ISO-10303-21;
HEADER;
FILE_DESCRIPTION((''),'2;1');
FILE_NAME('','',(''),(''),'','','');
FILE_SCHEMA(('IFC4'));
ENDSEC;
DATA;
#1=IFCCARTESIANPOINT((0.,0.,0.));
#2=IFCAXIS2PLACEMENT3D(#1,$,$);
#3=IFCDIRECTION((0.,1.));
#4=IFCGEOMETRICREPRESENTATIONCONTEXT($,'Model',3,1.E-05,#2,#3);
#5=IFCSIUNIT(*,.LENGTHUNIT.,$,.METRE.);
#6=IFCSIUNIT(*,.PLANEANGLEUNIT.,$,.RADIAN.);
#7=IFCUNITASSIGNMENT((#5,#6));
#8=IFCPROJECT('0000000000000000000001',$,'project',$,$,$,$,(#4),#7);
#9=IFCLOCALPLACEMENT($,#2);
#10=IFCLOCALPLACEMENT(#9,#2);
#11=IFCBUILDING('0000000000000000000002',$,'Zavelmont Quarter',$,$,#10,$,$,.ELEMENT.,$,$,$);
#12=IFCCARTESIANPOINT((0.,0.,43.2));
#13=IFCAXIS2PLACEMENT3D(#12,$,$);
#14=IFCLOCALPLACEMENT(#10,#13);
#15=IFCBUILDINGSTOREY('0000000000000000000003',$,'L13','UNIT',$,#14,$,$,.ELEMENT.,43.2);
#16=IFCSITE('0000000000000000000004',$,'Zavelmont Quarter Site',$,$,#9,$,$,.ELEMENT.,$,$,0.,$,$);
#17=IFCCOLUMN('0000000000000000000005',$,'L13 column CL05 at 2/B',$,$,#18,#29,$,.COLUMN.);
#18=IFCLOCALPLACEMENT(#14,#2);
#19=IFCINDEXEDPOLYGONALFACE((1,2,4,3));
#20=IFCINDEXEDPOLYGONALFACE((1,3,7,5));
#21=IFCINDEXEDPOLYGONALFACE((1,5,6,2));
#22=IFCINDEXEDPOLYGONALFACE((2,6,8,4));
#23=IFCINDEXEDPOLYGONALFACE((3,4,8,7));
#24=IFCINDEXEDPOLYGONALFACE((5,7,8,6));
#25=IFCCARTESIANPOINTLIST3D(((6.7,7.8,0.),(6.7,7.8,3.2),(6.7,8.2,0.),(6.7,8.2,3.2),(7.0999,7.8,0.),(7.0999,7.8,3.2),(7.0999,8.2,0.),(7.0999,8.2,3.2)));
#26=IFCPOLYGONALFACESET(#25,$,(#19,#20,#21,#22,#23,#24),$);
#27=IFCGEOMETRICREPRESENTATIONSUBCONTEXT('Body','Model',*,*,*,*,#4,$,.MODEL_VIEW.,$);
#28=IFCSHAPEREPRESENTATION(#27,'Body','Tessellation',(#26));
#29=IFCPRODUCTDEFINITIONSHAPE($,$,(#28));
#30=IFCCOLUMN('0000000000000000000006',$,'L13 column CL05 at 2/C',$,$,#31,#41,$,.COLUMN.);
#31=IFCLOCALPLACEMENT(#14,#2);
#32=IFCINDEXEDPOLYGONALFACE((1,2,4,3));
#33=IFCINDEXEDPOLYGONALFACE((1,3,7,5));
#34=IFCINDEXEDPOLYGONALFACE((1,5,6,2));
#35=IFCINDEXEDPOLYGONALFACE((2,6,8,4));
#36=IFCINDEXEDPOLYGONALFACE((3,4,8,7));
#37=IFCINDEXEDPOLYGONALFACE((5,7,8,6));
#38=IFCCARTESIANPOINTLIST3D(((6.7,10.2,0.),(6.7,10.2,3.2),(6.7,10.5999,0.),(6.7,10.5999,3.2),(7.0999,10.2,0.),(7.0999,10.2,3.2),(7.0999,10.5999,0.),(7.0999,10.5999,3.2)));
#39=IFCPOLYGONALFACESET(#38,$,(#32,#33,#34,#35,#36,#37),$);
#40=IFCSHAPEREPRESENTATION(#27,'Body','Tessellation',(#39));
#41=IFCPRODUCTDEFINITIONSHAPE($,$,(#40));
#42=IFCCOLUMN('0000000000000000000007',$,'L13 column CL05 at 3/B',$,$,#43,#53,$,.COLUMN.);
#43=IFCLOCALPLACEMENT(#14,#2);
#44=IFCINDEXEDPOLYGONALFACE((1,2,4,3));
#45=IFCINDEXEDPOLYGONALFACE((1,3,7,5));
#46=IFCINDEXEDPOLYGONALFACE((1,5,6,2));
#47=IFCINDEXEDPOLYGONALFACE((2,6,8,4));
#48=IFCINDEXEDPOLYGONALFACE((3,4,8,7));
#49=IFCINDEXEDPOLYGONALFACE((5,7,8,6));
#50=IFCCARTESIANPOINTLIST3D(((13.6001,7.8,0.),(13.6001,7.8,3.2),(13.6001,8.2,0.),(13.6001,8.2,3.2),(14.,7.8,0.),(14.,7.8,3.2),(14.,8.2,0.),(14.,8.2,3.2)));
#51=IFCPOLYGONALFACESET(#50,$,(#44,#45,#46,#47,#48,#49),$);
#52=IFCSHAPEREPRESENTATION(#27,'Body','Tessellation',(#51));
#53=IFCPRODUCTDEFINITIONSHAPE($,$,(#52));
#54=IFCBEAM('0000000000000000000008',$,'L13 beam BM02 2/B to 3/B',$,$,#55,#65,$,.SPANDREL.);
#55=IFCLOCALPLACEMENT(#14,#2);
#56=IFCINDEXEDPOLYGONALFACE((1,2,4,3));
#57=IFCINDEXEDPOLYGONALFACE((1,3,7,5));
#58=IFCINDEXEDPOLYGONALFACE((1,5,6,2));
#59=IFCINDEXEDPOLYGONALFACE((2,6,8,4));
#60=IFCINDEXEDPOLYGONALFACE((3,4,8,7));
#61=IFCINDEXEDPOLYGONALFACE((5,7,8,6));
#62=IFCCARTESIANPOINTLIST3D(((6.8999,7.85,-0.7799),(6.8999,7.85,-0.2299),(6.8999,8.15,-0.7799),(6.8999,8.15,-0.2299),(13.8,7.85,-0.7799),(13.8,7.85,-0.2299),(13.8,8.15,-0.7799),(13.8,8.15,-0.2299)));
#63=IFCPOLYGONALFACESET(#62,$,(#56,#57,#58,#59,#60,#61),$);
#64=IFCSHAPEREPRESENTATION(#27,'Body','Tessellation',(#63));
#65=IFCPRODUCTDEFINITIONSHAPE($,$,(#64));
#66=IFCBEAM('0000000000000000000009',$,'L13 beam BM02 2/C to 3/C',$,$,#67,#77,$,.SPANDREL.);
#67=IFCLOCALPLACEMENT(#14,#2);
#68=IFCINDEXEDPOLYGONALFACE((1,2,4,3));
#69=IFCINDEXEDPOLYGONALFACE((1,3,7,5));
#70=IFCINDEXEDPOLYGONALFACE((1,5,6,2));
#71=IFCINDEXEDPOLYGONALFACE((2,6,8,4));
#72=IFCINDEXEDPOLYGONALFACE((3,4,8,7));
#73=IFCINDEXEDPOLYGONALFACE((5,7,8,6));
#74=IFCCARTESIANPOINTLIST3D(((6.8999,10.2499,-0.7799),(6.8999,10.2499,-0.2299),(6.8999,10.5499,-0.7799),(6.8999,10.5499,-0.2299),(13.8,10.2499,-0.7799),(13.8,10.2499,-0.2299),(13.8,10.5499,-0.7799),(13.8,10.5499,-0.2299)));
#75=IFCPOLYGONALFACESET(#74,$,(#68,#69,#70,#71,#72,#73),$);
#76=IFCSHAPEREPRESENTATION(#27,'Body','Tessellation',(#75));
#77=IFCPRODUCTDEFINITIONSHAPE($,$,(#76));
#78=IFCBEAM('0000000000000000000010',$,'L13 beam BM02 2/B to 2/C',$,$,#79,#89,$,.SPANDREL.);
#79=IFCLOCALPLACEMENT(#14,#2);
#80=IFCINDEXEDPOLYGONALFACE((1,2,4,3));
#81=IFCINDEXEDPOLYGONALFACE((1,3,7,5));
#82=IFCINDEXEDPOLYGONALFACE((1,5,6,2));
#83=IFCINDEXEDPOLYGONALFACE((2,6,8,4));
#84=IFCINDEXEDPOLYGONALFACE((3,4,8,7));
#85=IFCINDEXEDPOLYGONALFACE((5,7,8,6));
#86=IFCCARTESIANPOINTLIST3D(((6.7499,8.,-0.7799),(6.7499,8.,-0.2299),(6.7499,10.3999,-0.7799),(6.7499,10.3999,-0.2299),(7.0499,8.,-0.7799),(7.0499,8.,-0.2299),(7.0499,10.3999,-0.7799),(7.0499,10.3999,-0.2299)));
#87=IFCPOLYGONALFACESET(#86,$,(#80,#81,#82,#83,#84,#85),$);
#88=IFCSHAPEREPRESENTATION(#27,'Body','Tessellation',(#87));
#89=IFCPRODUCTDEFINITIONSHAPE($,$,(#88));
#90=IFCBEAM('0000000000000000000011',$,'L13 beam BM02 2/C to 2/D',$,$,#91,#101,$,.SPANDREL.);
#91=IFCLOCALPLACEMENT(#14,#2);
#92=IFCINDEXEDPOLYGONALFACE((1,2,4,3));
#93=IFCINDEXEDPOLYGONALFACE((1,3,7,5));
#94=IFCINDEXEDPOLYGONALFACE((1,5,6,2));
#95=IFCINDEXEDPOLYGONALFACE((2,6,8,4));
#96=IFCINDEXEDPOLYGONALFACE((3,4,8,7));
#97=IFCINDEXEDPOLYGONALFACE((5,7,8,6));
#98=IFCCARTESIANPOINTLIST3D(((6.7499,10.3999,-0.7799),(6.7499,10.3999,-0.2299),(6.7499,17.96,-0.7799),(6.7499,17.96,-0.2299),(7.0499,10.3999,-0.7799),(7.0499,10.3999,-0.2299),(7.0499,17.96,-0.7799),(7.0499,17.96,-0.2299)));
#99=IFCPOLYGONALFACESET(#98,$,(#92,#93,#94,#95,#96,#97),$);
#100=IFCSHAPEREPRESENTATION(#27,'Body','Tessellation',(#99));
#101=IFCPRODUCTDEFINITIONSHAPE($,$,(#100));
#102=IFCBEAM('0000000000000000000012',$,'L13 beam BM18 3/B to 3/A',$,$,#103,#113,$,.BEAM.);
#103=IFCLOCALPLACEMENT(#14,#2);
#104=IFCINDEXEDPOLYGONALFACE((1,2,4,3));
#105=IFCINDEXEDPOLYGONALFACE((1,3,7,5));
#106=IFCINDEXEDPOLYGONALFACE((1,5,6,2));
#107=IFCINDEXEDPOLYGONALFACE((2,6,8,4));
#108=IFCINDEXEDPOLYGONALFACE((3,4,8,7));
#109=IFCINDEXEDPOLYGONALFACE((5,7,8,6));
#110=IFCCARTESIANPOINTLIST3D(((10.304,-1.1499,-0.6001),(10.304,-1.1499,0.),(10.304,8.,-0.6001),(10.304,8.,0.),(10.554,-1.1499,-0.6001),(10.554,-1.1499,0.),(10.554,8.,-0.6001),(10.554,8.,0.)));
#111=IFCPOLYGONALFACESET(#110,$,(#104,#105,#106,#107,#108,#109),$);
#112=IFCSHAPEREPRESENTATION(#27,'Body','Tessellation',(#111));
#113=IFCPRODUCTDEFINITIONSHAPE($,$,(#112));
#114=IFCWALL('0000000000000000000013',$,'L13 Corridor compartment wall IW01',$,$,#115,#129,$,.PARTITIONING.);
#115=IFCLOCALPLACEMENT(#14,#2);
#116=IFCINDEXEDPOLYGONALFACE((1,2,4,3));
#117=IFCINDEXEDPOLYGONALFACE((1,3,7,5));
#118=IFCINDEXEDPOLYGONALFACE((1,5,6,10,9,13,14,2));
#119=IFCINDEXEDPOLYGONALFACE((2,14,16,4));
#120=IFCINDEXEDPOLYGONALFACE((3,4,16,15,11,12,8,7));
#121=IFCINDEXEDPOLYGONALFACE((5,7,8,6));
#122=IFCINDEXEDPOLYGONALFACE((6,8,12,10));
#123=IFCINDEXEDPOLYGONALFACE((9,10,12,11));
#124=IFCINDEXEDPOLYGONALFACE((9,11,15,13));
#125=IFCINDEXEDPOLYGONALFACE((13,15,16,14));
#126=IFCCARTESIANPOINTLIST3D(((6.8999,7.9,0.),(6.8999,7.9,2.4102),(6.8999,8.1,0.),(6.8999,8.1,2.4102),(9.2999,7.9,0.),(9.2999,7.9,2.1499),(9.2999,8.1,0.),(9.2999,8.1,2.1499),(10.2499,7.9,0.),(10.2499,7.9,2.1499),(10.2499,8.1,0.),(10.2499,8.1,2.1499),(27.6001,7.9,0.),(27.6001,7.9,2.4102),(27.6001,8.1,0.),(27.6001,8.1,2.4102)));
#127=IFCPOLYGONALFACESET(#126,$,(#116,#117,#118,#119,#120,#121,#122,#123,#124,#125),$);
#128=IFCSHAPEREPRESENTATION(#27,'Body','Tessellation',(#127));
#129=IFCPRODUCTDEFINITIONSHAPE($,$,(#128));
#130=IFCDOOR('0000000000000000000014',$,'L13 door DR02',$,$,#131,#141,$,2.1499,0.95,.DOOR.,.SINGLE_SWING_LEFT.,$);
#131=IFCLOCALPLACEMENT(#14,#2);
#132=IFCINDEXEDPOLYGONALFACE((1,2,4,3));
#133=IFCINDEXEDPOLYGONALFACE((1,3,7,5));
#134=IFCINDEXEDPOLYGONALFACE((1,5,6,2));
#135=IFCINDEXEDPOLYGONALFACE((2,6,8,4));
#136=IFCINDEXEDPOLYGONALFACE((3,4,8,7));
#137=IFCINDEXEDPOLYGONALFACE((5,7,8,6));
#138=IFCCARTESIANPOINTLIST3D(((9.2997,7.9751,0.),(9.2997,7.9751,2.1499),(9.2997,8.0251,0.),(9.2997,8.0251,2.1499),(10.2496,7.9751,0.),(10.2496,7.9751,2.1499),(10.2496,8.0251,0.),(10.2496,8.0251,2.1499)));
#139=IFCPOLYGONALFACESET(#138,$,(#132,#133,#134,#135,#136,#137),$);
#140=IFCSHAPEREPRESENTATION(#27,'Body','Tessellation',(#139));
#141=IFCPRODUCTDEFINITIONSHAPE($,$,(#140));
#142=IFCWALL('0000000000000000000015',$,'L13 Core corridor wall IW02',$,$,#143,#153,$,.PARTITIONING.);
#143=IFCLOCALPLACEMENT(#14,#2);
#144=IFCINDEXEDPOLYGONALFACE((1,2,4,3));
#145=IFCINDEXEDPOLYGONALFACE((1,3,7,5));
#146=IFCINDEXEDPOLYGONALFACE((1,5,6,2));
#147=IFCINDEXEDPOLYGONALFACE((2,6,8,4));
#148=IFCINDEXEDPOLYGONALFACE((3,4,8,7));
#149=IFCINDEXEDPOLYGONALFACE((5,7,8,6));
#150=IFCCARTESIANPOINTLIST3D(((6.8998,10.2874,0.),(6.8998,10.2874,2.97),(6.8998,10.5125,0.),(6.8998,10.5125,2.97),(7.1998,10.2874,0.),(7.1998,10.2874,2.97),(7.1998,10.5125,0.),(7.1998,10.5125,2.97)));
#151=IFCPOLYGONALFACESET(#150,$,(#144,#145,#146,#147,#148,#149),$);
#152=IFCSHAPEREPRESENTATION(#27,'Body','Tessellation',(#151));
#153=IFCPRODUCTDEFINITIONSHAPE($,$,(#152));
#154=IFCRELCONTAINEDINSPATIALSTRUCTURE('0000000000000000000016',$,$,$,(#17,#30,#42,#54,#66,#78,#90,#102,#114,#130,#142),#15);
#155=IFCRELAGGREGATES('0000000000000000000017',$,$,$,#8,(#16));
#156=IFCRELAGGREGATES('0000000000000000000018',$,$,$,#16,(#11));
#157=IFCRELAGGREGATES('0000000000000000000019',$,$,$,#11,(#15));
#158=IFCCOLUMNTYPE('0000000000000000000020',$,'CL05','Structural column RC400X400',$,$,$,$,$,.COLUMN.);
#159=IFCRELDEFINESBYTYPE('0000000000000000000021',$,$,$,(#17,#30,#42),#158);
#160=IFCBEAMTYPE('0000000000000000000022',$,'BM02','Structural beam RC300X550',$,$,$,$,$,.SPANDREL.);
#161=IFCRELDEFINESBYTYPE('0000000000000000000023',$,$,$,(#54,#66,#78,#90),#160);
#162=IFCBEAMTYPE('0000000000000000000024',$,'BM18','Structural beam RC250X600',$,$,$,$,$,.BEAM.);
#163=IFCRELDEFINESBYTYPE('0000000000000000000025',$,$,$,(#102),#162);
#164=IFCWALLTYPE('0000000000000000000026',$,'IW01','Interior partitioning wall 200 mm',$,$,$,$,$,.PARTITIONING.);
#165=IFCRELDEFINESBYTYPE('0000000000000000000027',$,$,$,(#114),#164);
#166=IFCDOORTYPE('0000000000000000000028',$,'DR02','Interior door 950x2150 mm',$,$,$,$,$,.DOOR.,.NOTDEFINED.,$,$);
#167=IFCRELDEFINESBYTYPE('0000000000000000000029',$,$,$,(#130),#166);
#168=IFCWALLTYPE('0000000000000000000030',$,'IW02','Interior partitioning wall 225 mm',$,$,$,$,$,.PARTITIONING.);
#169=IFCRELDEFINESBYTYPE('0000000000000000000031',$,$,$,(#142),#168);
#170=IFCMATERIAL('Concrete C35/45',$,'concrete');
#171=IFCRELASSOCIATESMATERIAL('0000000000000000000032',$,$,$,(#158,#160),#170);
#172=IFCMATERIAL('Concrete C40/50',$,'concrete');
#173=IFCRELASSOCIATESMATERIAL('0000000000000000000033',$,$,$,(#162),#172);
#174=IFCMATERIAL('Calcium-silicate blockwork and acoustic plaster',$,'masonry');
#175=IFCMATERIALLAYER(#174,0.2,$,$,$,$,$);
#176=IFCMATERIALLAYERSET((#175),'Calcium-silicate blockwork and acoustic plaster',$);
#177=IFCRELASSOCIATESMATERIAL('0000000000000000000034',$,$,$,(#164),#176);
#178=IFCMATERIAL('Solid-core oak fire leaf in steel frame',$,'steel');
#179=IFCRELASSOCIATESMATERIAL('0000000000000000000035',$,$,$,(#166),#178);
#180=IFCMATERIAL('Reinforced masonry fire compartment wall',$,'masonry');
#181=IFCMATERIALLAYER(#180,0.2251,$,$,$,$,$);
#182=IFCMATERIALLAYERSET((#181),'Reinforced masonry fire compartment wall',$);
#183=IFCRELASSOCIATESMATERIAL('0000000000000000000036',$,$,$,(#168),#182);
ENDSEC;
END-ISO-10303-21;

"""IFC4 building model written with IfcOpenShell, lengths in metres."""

from ifc_helpers import new_model, si_unit, direction, frame, frame_2d, origin, origin_2d, place, context, subcontext, project, spatial, rectangle, extrude, material, layer, layer_set, material_profile, profile_set, type_object, element, fill, save


model = new_model("IFC4")

# Units and contexts
model_context = context("Model", 3, precision=1e-05, world=origin(), true_north=direction((0.0, 1.0)))
body_context = subcontext(model_context, "Body", "Model", "MODEL_VIEW")
ifc_project = project(units=[si_unit("LENGTHUNIT", "METRE"), si_unit("PLANEANGLEUNIT", "RADIAN")], contexts=[model_context])

# Site, building, storey
site_placement = place(None, origin())
site = spatial("IfcSite", under=ifc_project, at=site_placement, Name="Zavelmont Quarter Site", CompositionType="ELEMENT", RefElevation=0.0)
building_placement = place(site_placement, origin())
building = spatial("IfcBuilding", under=site, at=building_placement, Name="Zavelmont Quarter", CompositionType="ELEMENT")
storey_placement = place(building_placement, frame((0.0, 0.0, 43.2)))
storey = spatial("IfcBuildingStorey", under=building, at=storey_placement, Name="L13", Description="UNIT", CompositionType="ELEMENT", Elevation=43.2)

# Columns
ifc_material_1 = material(Name="Concrete C35/45", Category="concrete")
ifc_material_profile_1 = material_profile(ifc_material_1, rectangle(XDim=0.3999, YDim=0.3999, at=origin_2d()), Name="RC400X400")
ifc_profile_set_1 = profile_set([ifc_material_profile_1], Name="Concrete C35/45")
column_type = type_object("IfcColumnType", Name="CL05", Description="Structural column RC400X400", PredefinedType="COLUMN", material=ifc_profile_set_1)
for number, where, z_axis, x_axis, name in (
    (1, (6.8999, 8.0, 0.0), (0.0, 0.0, 1.0), (1.0, 0.0, 0.0), "L13 column CL05 at 2/B"),
    (2, (6.8999, 10.3999, 0.0), (0.0, 0.0, 1.0), (1.0, 0.0, 0.0), "L13 column CL05 at 2/C"),
    (3, (13.8, 8.0, 0.0), (0.0, 0.0, 1.0), (1.0, 0.0, 0.0), "L13 column CL05 at 3/B"),
):
    element("IfcColumn", number, at=place(storey_placement, frame(where, z_axis=z_axis, x_axis=x_axis)), inside=storey, type_object=column_type, Name=name, PredefinedType="COLUMN", context=body_context, shape_type="SweptSolid", body=[
        extrude(rectangle(XDim=0.3999, YDim=0.3999, at=origin_2d()), origin(), (0.0, 0.0, 1.0), 3.2),
    ])

# Beams
ifc_material_profile_2 = material_profile(ifc_material_1, rectangle(XDim=0.3, YDim=0.55, at=origin_2d()), Name="RC300X550")
ifc_profile_set_2 = profile_set([ifc_material_profile_2], Name="Concrete C35/45")
beam_type_1 = type_object("IfcBeamType", Name="BM02", Description="Structural beam RC300X550", PredefinedType="SPANDREL", material=ifc_profile_set_2)
for number, where, z_axis, x_axis, name in (
    (4, (6.8999, 8.0, -0.5049), (1.0, 0.0, 0.0), (0.0, 1.0, 0.0), "L13 beam BM02 2/B to 3/B"),
    (5, (6.8999, 10.3999, -0.5049), (1.0, 0.0, 0.0), (0.0, 1.0, 0.0), "L13 beam BM02 2/C to 3/C"),
):
    element("IfcBeam", number, at=place(storey_placement, frame(where, z_axis=z_axis, x_axis=x_axis)), inside=storey, type_object=beam_type_1, Name=name, PredefinedType="SPANDREL", context=body_context, shape_type="SweptSolid", body=[
        extrude(rectangle(XDim=0.3, YDim=0.55, at=origin_2d()), origin(), (0.0, 0.0, 1.0), 6.9001),
    ])
beam_1_placement = place(storey_placement, frame((6.8999, 8.0, -0.5049), z_axis=(0.0, 1.0, 0.0), x_axis=(-1.0, 0.0, 0.0)))
element("IfcBeam", 6, at=beam_1_placement, inside=storey, type_object=beam_type_1, Name="L13 beam BM02 2/B to 2/C", PredefinedType="SPANDREL", context=body_context, shape_type="SweptSolid", body=[
    extrude(rectangle(XDim=0.3, YDim=0.55, at=origin_2d()), origin(), (0.0, 0.0, 1.0), 2.3999),
])
beam_2_placement = place(storey_placement, frame((6.8999, 10.3999, -0.5049), z_axis=(0.0, 1.0, 0.0), x_axis=(-1.0, 0.0, 0.0)))
element("IfcBeam", 7, at=beam_2_placement, inside=storey, type_object=beam_type_1, Name="L13 beam BM02 2/C to 2/D", PredefinedType="SPANDREL", context=body_context, shape_type="SweptSolid", body=[
    extrude(rectangle(XDim=0.3, YDim=0.55, at=origin_2d()), origin(), (0.0, 0.0, 1.0), 7.5601),
])
ifc_material_2 = material(Name="Concrete C40/50", Category="concrete")
ifc_material_profile_3 = material_profile(ifc_material_2, rectangle(XDim=0.25, YDim=0.6001, at=origin_2d()), Name="RC250X600")
ifc_profile_set_3 = profile_set([ifc_material_profile_3], Name="Concrete C40/50")
beam_type_2 = type_object("IfcBeamType", Name="BM18", Description="Structural beam RC250X600", PredefinedType="BEAM", material=ifc_profile_set_3)
beam_3_placement = place(storey_placement, frame((10.429, 8.0, -0.3), z_axis=(0.0, -1.0, 0.0), x_axis=(1.0, 0.0, 0.0)))
element("IfcBeam", 8, at=beam_3_placement, inside=storey, type_object=beam_type_2, Name="L13 beam BM18 3/B to 3/A", PredefinedType="BEAM", context=body_context, shape_type="SweptSolid", body=[
    extrude(rectangle(XDim=0.25, YDim=0.6001, at=origin_2d()), origin(), (0.0, 0.0, 1.0), 9.1499),
])

# Wall, opening, door
ifc_material_3 = material(Name="Calcium-silicate blockwork and acoustic plaster", Category="masonry")
ifc_layer_1 = layer(ifc_material_3, 0.2)
ifc_layer_set_1 = layer_set([ifc_layer_1], Name="Calcium-silicate blockwork and acoustic plaster")
wall_type_1 = type_object("IfcWallType", Name="IW01", Description="Interior partitioning wall 200 mm", PredefinedType="PARTITIONING", material=ifc_layer_set_1)
wall_1_placement = place(storey_placement, frame((6.8999, 8.0, 0.0), z_axis=(0.0, 0.0, 1.0), x_axis=(1.0, 0.0, 0.0)))
wall_1 = element("IfcWall", 9, at=wall_1_placement, inside=storey, type_object=wall_type_1, Name="L13 Corridor compartment wall IW01", PredefinedType="PARTITIONING", context=body_context, shape_type="SweptSolid", body=[
    extrude(rectangle(XDim=20.7002, YDim=0.2, at=frame_2d((10.3501, 0.0))), origin(), (0.0, 0.0, 1.0), 2.4102),
])
opening_1_placement = place(wall_1_placement, frame((2.3999, 0.0, 0.0)))
opening_1 = element("IfcOpeningElement", 10, at=opening_1_placement, cuts=wall_1, PredefinedType="OPENING", context=body_context, shape_type="SweptSolid", body=[
    extrude(rectangle(XDim=0.95, YDim=2.1499, at=frame_2d((0.4751, 1.075))), frame((0.0, 0.1118, 0.0), z_axis=(0.0, -1.0, 0.0), x_axis=(1.0, 0.0, 0.0)), (0.0, 0.0, 1.0), 0.2239),
])
ifc_material_4 = material(Name="Solid-core oak fire leaf in steel frame", Category="steel")
door_type_1 = type_object("IfcDoorType", Name="DR02", Description="Interior door 950x2150 mm", OperationType="NOTDEFINED", PredefinedType="DOOR", material=ifc_material_4)
door_1_placement = place(opening_1_placement, frame((0.95, 0.0, 0.0), z_axis=(0.0, 0.0, 1.0), x_axis=(-1.0, 0.0, 0.0)))
door_1 = element("IfcDoor", 11, at=door_1_placement, inside=storey, type_object=door_type_1, Name="L13 door DR02", OperationType="SINGLE_SWING_LEFT", OverallHeight=2.1499, OverallWidth=0.95, PredefinedType="DOOR", context=body_context, shape_type="SweptSolid", body=[
    extrude(rectangle(XDim=0.95, YDim=2.1499, at=frame_2d((0.4751, 1.075))), frame((0.0, 0.0249, 0.0), z_axis=(0.0, -1.0, 0.0), x_axis=(1.0, 0.0, 0.0)), (0.0, 0.0, 1.0), 0.05),
])
fill(opening_1, door_1)

# Wall
ifc_material_5 = material(Name="Reinforced masonry fire compartment wall", Category="masonry")
ifc_layer_2 = layer(ifc_material_5, 0.2251)
ifc_layer_set_2 = layer_set([ifc_layer_2], Name="Reinforced masonry fire compartment wall")
wall_type_2 = type_object("IfcWallType", Name="IW02", Description="Interior partitioning wall 225 mm", PredefinedType="PARTITIONING", material=ifc_layer_set_2)
wall_2_placement = place(storey_placement, frame((6.8999, 10.3999, 0.0), z_axis=(0.0, 0.0, 1.0), x_axis=(1.0, 0.0, 0.0)))
element("IfcWall", 12, at=wall_2_placement, inside=storey, type_object=wall_type_2, Name="L13 Core corridor wall IW02", PredefinedType="PARTITIONING", context=body_context, shape_type="SweptSolid", body=[
    extrude(rectangle(XDim=0.3, YDim=0.2251, at=frame_2d((0.1499, 0.0))), origin(), (0.0, 0.0, 1.0), 2.97),
])

save(model, "model.ifc")
